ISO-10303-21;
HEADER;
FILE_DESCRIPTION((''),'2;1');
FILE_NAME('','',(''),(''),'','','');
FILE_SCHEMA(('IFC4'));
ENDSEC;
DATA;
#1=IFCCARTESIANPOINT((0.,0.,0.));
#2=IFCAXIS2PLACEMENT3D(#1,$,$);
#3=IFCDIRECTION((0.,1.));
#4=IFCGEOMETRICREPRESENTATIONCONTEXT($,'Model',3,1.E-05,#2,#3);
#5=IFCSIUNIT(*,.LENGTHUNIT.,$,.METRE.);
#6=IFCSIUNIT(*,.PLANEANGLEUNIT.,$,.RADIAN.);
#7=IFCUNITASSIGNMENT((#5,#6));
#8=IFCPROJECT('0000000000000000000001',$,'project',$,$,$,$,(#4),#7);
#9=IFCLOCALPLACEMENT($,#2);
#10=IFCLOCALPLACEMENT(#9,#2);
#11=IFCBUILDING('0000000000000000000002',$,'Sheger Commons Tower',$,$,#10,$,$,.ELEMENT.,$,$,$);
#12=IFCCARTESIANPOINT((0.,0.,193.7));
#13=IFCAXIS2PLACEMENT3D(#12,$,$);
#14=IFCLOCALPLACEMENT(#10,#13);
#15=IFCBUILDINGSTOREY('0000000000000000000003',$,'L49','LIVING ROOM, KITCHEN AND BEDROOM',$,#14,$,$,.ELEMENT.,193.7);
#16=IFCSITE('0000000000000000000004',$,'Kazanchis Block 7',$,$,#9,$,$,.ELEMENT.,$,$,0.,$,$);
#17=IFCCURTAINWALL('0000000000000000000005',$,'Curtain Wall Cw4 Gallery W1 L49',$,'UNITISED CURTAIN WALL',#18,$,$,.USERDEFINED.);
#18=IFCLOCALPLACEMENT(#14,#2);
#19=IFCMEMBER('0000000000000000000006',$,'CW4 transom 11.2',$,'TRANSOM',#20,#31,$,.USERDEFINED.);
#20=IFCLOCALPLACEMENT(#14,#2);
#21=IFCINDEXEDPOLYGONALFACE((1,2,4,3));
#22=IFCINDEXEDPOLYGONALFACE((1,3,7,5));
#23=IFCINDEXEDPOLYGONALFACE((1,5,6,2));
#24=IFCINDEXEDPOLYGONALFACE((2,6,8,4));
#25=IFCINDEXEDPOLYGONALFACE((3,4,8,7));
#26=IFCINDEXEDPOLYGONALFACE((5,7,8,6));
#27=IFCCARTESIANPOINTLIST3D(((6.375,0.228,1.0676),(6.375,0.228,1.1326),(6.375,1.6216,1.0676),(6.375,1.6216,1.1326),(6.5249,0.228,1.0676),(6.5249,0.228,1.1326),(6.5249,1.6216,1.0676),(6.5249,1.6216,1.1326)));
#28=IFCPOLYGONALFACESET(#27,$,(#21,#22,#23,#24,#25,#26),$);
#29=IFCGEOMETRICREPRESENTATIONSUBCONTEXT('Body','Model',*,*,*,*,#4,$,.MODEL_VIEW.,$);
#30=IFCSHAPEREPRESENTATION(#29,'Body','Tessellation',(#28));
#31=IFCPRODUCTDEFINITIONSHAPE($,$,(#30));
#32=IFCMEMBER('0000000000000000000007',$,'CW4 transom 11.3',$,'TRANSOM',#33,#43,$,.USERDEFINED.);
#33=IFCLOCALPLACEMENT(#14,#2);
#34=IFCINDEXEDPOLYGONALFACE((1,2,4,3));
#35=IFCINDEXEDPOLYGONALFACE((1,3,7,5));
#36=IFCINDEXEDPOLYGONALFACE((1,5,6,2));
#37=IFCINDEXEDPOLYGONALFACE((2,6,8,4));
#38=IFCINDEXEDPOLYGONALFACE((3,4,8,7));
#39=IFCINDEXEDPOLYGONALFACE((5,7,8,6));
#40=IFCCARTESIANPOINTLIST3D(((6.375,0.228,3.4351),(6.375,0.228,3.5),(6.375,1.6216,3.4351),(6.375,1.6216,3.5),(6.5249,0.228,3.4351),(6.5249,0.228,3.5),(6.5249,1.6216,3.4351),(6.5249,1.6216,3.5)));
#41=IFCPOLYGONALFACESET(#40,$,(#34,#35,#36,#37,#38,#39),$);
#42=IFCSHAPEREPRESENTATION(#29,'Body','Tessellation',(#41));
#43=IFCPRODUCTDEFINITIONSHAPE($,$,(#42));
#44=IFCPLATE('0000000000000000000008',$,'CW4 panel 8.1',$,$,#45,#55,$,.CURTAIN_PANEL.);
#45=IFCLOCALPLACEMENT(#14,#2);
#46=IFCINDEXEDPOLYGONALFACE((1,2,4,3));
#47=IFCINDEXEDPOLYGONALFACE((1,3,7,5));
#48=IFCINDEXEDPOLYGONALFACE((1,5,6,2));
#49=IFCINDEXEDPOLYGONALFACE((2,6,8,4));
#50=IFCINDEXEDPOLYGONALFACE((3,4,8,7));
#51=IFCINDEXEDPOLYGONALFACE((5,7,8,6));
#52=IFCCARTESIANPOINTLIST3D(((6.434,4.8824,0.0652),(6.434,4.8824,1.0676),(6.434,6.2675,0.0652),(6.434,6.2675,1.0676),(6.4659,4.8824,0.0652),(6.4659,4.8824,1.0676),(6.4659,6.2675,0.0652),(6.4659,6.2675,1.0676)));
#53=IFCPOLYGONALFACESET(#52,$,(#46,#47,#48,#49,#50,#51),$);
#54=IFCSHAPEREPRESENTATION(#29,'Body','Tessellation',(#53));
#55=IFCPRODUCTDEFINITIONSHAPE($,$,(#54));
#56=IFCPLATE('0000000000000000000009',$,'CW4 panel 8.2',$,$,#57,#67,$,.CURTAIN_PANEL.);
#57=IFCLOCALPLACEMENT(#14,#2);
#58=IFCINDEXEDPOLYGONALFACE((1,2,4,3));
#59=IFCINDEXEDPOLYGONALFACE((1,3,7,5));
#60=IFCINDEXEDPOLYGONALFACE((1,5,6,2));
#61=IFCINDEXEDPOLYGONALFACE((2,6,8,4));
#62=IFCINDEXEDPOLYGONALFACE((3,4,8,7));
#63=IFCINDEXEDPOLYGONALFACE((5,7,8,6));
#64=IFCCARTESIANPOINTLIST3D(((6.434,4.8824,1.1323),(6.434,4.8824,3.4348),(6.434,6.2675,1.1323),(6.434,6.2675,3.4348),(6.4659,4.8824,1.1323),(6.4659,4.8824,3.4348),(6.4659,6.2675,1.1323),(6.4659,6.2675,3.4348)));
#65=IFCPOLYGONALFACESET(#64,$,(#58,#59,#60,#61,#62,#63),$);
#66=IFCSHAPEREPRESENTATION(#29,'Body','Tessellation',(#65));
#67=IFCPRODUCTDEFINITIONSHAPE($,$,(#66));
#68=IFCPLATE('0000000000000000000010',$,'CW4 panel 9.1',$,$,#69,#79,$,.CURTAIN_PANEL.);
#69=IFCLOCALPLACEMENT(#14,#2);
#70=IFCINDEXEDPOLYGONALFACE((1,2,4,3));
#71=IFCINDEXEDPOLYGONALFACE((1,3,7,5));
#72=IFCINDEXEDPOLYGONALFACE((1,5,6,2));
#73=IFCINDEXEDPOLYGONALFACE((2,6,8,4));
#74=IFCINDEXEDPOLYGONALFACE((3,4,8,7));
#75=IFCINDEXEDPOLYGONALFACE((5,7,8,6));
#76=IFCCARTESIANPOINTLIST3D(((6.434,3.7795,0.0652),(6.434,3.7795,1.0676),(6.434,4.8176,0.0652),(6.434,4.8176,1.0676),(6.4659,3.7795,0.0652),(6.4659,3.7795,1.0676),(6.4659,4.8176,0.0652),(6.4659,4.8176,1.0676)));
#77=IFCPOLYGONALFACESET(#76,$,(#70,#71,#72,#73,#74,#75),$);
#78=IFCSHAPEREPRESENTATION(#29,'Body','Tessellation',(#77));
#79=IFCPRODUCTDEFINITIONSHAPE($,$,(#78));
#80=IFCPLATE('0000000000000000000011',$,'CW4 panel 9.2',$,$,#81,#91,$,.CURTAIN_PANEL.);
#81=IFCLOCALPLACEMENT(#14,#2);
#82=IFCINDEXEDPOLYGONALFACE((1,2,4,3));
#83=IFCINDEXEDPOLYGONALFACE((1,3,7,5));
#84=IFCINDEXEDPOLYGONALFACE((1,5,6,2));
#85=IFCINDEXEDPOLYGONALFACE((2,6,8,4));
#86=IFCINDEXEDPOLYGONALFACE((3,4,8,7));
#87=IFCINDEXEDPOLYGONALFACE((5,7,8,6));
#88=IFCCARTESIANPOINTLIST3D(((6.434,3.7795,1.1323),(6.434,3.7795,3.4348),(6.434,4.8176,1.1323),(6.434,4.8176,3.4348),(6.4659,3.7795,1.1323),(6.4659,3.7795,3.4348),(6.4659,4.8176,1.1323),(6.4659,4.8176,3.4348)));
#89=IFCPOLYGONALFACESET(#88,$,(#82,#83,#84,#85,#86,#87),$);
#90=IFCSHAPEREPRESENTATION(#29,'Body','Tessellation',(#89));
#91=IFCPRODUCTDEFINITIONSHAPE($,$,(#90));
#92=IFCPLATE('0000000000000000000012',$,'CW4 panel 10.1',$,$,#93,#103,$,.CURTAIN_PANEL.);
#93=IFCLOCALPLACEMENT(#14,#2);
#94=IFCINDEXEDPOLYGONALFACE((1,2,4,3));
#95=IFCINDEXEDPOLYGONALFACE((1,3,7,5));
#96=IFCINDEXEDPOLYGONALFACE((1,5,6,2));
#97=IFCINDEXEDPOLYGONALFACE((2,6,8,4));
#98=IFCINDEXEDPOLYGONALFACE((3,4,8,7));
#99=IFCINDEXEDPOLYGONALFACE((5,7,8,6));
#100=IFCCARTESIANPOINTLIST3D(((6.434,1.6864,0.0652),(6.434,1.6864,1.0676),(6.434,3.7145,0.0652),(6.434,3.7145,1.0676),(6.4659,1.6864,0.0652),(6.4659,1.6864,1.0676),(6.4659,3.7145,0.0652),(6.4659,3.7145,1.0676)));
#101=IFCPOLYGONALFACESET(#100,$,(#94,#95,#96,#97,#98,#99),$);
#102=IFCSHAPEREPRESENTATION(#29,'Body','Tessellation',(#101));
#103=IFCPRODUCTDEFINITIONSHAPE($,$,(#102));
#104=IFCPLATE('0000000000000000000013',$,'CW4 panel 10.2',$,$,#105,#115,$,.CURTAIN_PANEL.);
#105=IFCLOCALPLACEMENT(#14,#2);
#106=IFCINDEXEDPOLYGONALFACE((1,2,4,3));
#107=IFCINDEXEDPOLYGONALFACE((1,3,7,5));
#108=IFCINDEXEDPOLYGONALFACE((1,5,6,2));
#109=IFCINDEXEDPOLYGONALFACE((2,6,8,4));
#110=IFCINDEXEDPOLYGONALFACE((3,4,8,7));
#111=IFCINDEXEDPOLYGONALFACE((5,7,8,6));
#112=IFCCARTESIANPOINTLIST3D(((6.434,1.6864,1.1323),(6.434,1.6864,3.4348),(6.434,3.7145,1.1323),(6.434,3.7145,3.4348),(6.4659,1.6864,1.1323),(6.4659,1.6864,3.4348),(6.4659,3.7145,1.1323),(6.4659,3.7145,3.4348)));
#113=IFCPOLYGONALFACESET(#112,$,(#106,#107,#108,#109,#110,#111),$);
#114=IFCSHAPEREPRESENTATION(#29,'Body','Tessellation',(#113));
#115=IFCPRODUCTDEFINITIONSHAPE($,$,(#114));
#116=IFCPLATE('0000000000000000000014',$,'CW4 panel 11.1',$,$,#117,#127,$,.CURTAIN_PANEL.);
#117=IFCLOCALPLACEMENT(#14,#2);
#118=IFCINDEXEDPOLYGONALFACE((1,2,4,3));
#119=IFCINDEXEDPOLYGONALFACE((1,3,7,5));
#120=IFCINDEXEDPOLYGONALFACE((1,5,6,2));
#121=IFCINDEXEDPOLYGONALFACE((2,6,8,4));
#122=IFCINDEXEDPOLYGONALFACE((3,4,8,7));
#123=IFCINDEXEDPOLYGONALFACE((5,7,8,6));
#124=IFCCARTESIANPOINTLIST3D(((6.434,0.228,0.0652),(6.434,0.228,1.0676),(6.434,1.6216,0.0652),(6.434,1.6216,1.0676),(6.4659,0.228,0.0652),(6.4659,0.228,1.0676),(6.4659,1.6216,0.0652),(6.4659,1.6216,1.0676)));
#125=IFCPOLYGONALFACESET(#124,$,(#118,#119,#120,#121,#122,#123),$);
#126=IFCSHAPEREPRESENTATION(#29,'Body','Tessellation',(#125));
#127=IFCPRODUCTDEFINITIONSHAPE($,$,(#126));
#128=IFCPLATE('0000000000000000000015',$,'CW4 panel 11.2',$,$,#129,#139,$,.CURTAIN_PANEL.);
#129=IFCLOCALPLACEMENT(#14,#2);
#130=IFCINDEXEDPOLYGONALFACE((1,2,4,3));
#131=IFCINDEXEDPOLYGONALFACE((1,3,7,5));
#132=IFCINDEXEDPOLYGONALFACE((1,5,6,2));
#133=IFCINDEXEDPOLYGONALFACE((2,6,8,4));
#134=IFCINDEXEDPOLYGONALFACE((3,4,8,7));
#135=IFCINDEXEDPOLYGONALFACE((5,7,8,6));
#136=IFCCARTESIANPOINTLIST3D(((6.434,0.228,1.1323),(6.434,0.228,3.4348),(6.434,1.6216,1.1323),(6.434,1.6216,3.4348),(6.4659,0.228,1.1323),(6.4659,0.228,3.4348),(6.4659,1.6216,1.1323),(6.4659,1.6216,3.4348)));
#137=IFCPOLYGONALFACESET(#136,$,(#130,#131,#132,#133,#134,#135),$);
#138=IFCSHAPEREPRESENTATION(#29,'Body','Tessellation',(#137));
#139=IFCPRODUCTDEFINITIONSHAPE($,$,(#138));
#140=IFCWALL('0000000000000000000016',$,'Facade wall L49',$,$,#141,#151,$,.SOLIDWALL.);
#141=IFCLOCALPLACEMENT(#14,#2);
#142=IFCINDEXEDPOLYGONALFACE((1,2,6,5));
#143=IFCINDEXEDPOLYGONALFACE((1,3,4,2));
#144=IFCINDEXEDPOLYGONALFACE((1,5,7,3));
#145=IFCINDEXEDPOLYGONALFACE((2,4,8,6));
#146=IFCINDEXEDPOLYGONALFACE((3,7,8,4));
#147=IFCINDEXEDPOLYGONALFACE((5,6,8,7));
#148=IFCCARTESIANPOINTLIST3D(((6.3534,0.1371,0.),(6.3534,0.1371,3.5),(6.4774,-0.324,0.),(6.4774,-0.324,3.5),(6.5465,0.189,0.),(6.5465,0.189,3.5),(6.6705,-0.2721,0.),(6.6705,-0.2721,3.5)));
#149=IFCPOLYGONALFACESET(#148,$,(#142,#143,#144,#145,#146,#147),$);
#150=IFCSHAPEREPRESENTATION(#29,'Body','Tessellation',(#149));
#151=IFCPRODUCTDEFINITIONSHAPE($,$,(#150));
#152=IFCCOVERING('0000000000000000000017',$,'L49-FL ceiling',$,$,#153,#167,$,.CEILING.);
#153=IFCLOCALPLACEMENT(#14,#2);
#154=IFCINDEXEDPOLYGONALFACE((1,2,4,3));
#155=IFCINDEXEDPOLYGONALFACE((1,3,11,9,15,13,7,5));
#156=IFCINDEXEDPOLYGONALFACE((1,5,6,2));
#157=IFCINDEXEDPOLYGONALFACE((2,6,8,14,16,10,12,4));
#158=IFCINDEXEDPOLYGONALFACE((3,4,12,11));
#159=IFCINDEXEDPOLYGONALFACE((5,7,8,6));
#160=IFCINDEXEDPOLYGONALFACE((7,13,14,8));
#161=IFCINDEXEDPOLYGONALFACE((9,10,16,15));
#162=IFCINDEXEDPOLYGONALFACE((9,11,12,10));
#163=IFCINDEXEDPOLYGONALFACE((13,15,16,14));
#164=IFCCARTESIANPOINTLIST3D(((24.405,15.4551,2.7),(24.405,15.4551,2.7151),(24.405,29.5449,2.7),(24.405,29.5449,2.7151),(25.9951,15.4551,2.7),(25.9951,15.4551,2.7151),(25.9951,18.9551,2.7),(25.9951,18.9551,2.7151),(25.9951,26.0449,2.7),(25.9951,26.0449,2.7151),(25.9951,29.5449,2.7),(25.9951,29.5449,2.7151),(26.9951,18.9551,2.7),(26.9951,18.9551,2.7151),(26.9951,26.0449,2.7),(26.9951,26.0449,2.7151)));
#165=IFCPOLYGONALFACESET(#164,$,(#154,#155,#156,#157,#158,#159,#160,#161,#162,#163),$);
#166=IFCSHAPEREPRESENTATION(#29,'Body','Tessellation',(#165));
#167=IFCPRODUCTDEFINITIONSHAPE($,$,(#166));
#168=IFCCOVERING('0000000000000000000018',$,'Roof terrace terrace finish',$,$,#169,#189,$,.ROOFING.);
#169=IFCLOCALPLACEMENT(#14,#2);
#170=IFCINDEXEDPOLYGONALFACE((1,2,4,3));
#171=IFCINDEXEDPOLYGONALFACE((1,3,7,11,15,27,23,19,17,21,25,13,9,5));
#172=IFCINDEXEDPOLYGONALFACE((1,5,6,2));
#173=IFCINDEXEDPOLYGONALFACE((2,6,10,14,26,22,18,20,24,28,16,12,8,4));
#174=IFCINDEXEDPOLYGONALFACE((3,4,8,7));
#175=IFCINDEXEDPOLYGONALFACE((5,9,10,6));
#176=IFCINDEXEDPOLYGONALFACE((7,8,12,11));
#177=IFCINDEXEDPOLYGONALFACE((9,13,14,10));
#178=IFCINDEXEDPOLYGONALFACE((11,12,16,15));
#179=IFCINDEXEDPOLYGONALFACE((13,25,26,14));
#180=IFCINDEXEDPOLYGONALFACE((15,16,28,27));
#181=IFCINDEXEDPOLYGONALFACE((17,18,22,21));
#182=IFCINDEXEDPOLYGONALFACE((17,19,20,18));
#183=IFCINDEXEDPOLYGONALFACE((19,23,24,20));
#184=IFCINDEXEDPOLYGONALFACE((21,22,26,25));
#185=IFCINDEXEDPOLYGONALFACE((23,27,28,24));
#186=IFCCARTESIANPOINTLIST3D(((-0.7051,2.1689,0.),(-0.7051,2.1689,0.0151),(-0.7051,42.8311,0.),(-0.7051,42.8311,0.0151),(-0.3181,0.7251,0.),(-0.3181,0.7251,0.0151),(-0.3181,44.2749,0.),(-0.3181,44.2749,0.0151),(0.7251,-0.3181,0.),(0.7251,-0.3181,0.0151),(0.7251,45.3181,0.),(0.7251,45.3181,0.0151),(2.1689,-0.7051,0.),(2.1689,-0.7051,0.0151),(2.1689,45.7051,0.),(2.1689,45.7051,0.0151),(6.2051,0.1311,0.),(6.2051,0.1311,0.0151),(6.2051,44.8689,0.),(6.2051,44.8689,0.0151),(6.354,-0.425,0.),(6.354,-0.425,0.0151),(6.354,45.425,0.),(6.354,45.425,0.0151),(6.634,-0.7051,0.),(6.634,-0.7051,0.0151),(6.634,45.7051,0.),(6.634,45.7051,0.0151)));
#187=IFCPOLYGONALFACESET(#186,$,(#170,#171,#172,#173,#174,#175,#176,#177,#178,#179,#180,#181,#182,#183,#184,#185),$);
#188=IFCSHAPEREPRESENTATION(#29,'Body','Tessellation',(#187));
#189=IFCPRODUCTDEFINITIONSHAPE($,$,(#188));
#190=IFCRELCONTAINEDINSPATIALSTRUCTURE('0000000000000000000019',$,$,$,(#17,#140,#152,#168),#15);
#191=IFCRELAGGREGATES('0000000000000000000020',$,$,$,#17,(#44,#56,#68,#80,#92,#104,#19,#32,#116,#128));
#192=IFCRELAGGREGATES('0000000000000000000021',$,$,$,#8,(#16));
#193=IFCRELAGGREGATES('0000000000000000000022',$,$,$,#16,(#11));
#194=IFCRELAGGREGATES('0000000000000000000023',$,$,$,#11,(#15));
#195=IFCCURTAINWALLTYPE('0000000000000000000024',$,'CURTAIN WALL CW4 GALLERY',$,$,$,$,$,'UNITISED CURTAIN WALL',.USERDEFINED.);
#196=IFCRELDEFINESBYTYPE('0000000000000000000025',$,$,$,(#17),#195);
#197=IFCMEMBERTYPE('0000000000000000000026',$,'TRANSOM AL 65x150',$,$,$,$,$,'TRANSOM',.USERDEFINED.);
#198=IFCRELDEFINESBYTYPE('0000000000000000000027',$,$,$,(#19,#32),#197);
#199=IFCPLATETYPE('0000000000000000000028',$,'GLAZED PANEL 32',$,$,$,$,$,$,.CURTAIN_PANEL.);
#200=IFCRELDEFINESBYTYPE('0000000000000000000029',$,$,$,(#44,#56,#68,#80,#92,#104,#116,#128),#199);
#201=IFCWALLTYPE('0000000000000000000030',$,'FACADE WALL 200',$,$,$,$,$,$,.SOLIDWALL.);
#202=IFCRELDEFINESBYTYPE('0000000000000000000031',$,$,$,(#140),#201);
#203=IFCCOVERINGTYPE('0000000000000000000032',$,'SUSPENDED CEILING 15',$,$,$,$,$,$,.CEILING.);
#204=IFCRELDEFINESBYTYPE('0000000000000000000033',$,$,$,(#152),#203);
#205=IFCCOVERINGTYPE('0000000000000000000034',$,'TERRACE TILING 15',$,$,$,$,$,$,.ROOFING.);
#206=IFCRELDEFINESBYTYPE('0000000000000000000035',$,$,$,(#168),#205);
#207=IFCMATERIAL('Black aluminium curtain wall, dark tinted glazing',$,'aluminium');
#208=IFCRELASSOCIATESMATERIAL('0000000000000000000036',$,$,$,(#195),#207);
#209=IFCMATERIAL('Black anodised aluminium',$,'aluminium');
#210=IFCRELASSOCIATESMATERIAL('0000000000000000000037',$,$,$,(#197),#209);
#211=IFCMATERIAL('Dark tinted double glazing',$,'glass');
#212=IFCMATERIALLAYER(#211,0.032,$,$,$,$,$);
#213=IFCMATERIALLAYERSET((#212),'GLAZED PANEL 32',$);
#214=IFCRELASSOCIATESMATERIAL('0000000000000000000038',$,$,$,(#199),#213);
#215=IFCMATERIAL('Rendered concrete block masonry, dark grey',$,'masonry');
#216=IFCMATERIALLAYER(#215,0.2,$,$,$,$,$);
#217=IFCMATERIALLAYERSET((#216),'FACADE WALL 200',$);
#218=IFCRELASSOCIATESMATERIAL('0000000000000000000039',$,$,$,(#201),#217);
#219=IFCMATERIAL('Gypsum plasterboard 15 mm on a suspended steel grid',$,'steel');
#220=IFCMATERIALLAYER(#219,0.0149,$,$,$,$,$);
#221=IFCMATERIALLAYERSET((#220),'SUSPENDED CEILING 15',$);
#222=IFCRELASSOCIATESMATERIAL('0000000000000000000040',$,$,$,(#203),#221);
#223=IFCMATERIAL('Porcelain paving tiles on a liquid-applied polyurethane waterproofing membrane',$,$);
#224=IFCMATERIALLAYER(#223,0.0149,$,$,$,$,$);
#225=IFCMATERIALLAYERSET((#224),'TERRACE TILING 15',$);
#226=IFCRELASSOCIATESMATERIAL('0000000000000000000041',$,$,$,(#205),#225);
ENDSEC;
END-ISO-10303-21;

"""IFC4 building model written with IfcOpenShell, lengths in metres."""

from ifc_helpers import new_model, si_unit, direction, frame, frame_2d, origin, origin_2d, place, context, subcontext, project, spatial, polyline, rectangle, outline, extrude, material, layer, layer_set, material_profile, profile_set, type_object, element, aggregate, save


model = new_model("IFC4")

# Units and contexts
model_context = context("Model", 3, precision=1e-05, world=origin(), true_north=direction((0.0, 1.0)))
body_context = subcontext(model_context, "Body", "Model", "MODEL_VIEW")
ifc_project = project(units=[si_unit("LENGTHUNIT", "METRE"), si_unit("PLANEANGLEUNIT", "RADIAN")], contexts=[model_context])

# Site, building, storey
site_placement = place(None, origin())
site = spatial("IfcSite", under=ifc_project, at=site_placement, Name="Kazanchis Block 7", CompositionType="ELEMENT", RefElevation=0.0)
building_placement = place(site_placement, origin())
building = spatial("IfcBuilding", under=site, at=building_placement, Name="Sheger Commons Tower", CompositionType="ELEMENT")
storey_placement = place(building_placement, frame((0.0, 0.0, 193.7)))
storey = spatial("IfcBuildingStorey", under=building, at=storey_placement, Name="L49", Description="LIVING ROOM, KITCHEN AND BEDROOM", CompositionType="ELEMENT", Elevation=193.7)

# Curtain wall, members, plates
ifc_material_1 = material(Name="Black aluminium curtain wall, dark tinted glazing", Category="aluminium")
curtain_wall_type = type_object("IfcCurtainWallType", Name="CURTAIN WALL CW4 GALLERY", ElementType="UNITISED CURTAIN WALL", PredefinedType="USERDEFINED", material=ifc_material_1)
curtain_wall_placement = place(storey_placement, origin())
curtain_wall = element("IfcCurtainWall", 1, at=curtain_wall_placement, inside=storey, type_object=curtain_wall_type, Name="Curtain Wall Cw4 Gallery W1 L49", ObjectType="UNITISED CURTAIN WALL", PredefinedType="USERDEFINED")
ifc_material_2 = material(Name="Black anodised aluminium", Category="aluminium")
ifc_material_profile_1 = material_profile(ifc_material_2, rectangle(XDim=0.1499, YDim=0.0649, at=origin_2d()), Name="AL 65x150")
ifc_profile_set_1 = profile_set([ifc_material_profile_1], Name="Black anodised aluminium")
member_type_1 = type_object("IfcMemberType", Name="TRANSOM AL 65x150", ElementType="TRANSOM", PredefinedType="USERDEFINED", material=ifc_profile_set_1)
member_1_placement = place(storey_placement, frame((6.45, 1.6216, 1.1001), z_axis=(0.0, -1.0, 0.0), x_axis=(1.0, 0.0, 0.0)))
member_1 = element("IfcMember", 2, at=member_1_placement, type_object=member_type_1, Name="CW4 transom 11.2", ObjectType="TRANSOM", PredefinedType="USERDEFINED", context=body_context, shape_type="SweptSolid", body=[
    extrude(rectangle(XDim=0.1499, YDim=0.0649, at=origin_2d()), origin(), (0.0, 0.0, 1.0), 1.3936),
])
member_2_placement = place(storey_placement, frame((6.45, 1.6216, 3.4675), z_axis=(0.0, -1.0, 0.0), x_axis=(1.0, 0.0, 0.0)))
member_2 = element("IfcMember", 3, at=member_2_placement, type_object=member_type_1, Name="CW4 transom 11.3", ObjectType="TRANSOM", PredefinedType="USERDEFINED", context=body_context, shape_type="SweptSolid", body=[
    extrude(rectangle(XDim=0.1499, YDim=0.0649, at=origin_2d()), origin(), (0.0, 0.0, 1.0), 1.3936),
])
ifc_material_3 = material(Name="Dark tinted double glazing", Category="glass")
ifc_layer_1 = layer(ifc_material_3, 0.032)
ifc_layer_set_1 = layer_set([ifc_layer_1], Name="GLAZED PANEL 32")
plate_type = type_object("IfcPlateType", Name="GLAZED PANEL 32", PredefinedType="CURTAIN_PANEL", material=ifc_layer_set_1)
plate_1_placement = place(storey_placement, frame((6.45, 5.575, 0.0652), z_axis=(0.0, 0.0, 1.0), x_axis=(0.0, -1.0, 0.0)))
plate_1 = element("IfcPlate", 4, at=plate_1_placement, type_object=plate_type, Name="CW4 panel 8.1", PredefinedType="CURTAIN_PANEL", context=body_context, shape_type="SweptSolid", body=[
    extrude(rectangle(XDim=1.385, YDim=0.032, at=origin_2d()), origin(), (0.0, 0.0, 1.0), 1.0024),
])
plate_2_placement = place(storey_placement, frame((6.45, 5.575, 1.1323), z_axis=(0.0, 0.0, 1.0), x_axis=(0.0, -1.0, 0.0)))
plate_2 = element("IfcPlate", 5, at=plate_2_placement, type_object=plate_type, Name="CW4 panel 8.2", PredefinedType="CURTAIN_PANEL", context=body_context, shape_type="SweptSolid", body=[
    extrude(rectangle(XDim=1.385, YDim=0.032, at=origin_2d()), origin(), (0.0, 0.0, 1.0), 2.3025),
])
plate_3_placement = place(storey_placement, frame((6.45, 4.2986, 0.0652), z_axis=(0.0, 0.0, 1.0), x_axis=(0.0, -1.0, 0.0)))
plate_3 = element("IfcPlate", 6, at=plate_3_placement, type_object=plate_type, Name="CW4 panel 9.1", PredefinedType="CURTAIN_PANEL", context=body_context, shape_type="SweptSolid", body=[
    extrude(rectangle(XDim=1.0381, YDim=0.032, at=origin_2d()), origin(), (0.0, 0.0, 1.0), 1.0024),
])
plate_4_placement = place(storey_placement, frame((6.45, 4.2986, 1.1323), z_axis=(0.0, 0.0, 1.0), x_axis=(0.0, -1.0, 0.0)))
plate_4 = element("IfcPlate", 7, at=plate_4_placement, type_object=plate_type, Name="CW4 panel 9.2", PredefinedType="CURTAIN_PANEL", context=body_context, shape_type="SweptSolid", body=[
    extrude(rectangle(XDim=1.0381, YDim=0.032, at=origin_2d()), origin(), (0.0, 0.0, 1.0), 2.3025),
])
plate_5_placement = place(storey_placement, frame((6.45, 2.7004, 0.0652), z_axis=(0.0, 0.0, 1.0), x_axis=(0.0, -1.0, 0.0)))
plate_5 = element("IfcPlate", 8, at=plate_5_placement, type_object=plate_type, Name="CW4 panel 10.1", PredefinedType="CURTAIN_PANEL", context=body_context, shape_type="SweptSolid", body=[
    extrude(rectangle(XDim=2.0281, YDim=0.032, at=origin_2d()), origin(), (0.0, 0.0, 1.0), 1.0024),
])
plate_6_placement = place(storey_placement, frame((6.45, 2.7004, 1.1323), z_axis=(0.0, 0.0, 1.0), x_axis=(0.0, -1.0, 0.0)))
plate_6 = element("IfcPlate", 9, at=plate_6_placement, type_object=plate_type, Name="CW4 panel 10.2", PredefinedType="CURTAIN_PANEL", context=body_context, shape_type="SweptSolid", body=[
    extrude(rectangle(XDim=2.0281, YDim=0.032, at=origin_2d()), origin(), (0.0, 0.0, 1.0), 2.3025),
])
plate_7_placement = place(storey_placement, frame((6.45, 0.9248, 0.0652), z_axis=(0.0, 0.0, 1.0), x_axis=(0.0, -1.0, 0.0)))
plate_7 = element("IfcPlate", 10, at=plate_7_placement, type_object=plate_type, Name="CW4 panel 11.1", PredefinedType="CURTAIN_PANEL", context=body_context, shape_type="SweptSolid", body=[
    extrude(rectangle(XDim=1.3936, YDim=0.032, at=origin_2d()), origin(), (0.0, 0.0, 1.0), 1.0024),
])
plate_8_placement = place(storey_placement, frame((6.45, 0.9248, 1.1323), z_axis=(0.0, 0.0, 1.0), x_axis=(0.0, -1.0, 0.0)))
plate_8 = element("IfcPlate", 11, at=plate_8_placement, type_object=plate_type, Name="CW4 panel 11.2", PredefinedType="CURTAIN_PANEL", context=body_context, shape_type="SweptSolid", body=[
    extrude(rectangle(XDim=1.3936, YDim=0.032, at=origin_2d()), origin(), (0.0, 0.0, 1.0), 2.3025),
])
aggregate(curtain_wall, [plate_1, plate_2, plate_3, plate_4, plate_5, plate_6, member_1, member_2, plate_7, plate_8])

# Wall
ifc_material_4 = material(Name="Rendered concrete block masonry, dark grey", Category="masonry")
ifc_layer_2 = layer(ifc_material_4, 0.2)
ifc_layer_set_2 = layer_set([ifc_layer_2], Name="FACADE WALL 200")
wall_type = type_object("IfcWallType", Name="FACADE WALL 200", PredefinedType="SOLIDWALL", material=ifc_layer_set_2)
wall_placement = place(storey_placement, frame((6.45, 0.1631, 0.0), z_axis=(0.0, 0.0, 1.0), x_axis=(0.259698, -0.96569, 0.0)))
element("IfcWall", 12, at=wall_placement, inside=storey, type_object=wall_type, Name="Facade wall L49", PredefinedType="SOLIDWALL", context=body_context, shape_type="SweptSolid", body=[
    extrude(rectangle(XDim=0.4775, YDim=0.2, at=frame_2d((0.2388, 0.0))), origin(), (0.0, 0.0, 1.0), 3.5),
])

# Coverings
ifc_material_5 = material(Name="Gypsum plasterboard 15 mm on a suspended steel grid", Category="steel")
ifc_layer_3 = layer(ifc_material_5, 0.0149)
ifc_layer_set_3 = layer_set([ifc_layer_3], Name="SUSPENDED CEILING 15")
covering_type_1 = type_object("IfcCoveringType", Name="SUSPENDED CEILING 15", PredefinedType="CEILING", material=ifc_layer_set_3)
covering_1_placement = place(storey_placement, frame((0.0, 0.0, 2.7)))
element("IfcCovering", 13, at=covering_1_placement, inside=storey, type_object=covering_type_1, Name="L49-FL ceiling", PredefinedType="CEILING", context=body_context, shape_type="SweptSolid", body=[
    extrude(outline(polyline([(24.405, 15.4551), (25.9951, 15.4551), (25.9951, 18.9551), (26.9951, 18.9551), (26.9951, 26.0449), (25.9951, 26.0449), (25.9951, 29.5449), (24.405, 29.5449), (24.405, 15.4551)])), origin(), (0.0, 0.0, 1.0), 0.0151),
])
ifc_material_6 = material(Name="Porcelain paving tiles on a liquid-applied polyurethane waterproofing membrane")
ifc_layer_4 = layer(ifc_material_6, 0.0149)
ifc_layer_set_4 = layer_set([ifc_layer_4], Name="TERRACE TILING 15")
covering_type_2 = type_object("IfcCoveringType", Name="TERRACE TILING 15", PredefinedType="ROOFING", material=ifc_layer_set_4)
covering_2_placement = place(storey_placement, origin())
element("IfcCovering", 14, at=covering_2_placement, inside=storey, type_object=covering_type_2, Name="Roof terrace terrace finish", PredefinedType="ROOFING", context=body_context, shape_type="SweptSolid", body=[
    extrude(outline(polyline([(2.1689, -0.7051), (6.634, -0.7051), (6.354, -0.425), (6.2051, 0.1311), (6.2051, 44.8689), (6.354, 45.425), (6.634, 45.7051), (2.1689, 45.7051), (0.7251, 45.3181), (-0.3181, 44.2749), (-0.7051, 42.8311), (-0.7051, 2.1689), (-0.3181, 0.7251), (0.7251, -0.3181), (2.1689, -0.7051)])), origin(), (0.0, 0.0, 1.0), 0.0151),
])

save(model, "model.ifc")
